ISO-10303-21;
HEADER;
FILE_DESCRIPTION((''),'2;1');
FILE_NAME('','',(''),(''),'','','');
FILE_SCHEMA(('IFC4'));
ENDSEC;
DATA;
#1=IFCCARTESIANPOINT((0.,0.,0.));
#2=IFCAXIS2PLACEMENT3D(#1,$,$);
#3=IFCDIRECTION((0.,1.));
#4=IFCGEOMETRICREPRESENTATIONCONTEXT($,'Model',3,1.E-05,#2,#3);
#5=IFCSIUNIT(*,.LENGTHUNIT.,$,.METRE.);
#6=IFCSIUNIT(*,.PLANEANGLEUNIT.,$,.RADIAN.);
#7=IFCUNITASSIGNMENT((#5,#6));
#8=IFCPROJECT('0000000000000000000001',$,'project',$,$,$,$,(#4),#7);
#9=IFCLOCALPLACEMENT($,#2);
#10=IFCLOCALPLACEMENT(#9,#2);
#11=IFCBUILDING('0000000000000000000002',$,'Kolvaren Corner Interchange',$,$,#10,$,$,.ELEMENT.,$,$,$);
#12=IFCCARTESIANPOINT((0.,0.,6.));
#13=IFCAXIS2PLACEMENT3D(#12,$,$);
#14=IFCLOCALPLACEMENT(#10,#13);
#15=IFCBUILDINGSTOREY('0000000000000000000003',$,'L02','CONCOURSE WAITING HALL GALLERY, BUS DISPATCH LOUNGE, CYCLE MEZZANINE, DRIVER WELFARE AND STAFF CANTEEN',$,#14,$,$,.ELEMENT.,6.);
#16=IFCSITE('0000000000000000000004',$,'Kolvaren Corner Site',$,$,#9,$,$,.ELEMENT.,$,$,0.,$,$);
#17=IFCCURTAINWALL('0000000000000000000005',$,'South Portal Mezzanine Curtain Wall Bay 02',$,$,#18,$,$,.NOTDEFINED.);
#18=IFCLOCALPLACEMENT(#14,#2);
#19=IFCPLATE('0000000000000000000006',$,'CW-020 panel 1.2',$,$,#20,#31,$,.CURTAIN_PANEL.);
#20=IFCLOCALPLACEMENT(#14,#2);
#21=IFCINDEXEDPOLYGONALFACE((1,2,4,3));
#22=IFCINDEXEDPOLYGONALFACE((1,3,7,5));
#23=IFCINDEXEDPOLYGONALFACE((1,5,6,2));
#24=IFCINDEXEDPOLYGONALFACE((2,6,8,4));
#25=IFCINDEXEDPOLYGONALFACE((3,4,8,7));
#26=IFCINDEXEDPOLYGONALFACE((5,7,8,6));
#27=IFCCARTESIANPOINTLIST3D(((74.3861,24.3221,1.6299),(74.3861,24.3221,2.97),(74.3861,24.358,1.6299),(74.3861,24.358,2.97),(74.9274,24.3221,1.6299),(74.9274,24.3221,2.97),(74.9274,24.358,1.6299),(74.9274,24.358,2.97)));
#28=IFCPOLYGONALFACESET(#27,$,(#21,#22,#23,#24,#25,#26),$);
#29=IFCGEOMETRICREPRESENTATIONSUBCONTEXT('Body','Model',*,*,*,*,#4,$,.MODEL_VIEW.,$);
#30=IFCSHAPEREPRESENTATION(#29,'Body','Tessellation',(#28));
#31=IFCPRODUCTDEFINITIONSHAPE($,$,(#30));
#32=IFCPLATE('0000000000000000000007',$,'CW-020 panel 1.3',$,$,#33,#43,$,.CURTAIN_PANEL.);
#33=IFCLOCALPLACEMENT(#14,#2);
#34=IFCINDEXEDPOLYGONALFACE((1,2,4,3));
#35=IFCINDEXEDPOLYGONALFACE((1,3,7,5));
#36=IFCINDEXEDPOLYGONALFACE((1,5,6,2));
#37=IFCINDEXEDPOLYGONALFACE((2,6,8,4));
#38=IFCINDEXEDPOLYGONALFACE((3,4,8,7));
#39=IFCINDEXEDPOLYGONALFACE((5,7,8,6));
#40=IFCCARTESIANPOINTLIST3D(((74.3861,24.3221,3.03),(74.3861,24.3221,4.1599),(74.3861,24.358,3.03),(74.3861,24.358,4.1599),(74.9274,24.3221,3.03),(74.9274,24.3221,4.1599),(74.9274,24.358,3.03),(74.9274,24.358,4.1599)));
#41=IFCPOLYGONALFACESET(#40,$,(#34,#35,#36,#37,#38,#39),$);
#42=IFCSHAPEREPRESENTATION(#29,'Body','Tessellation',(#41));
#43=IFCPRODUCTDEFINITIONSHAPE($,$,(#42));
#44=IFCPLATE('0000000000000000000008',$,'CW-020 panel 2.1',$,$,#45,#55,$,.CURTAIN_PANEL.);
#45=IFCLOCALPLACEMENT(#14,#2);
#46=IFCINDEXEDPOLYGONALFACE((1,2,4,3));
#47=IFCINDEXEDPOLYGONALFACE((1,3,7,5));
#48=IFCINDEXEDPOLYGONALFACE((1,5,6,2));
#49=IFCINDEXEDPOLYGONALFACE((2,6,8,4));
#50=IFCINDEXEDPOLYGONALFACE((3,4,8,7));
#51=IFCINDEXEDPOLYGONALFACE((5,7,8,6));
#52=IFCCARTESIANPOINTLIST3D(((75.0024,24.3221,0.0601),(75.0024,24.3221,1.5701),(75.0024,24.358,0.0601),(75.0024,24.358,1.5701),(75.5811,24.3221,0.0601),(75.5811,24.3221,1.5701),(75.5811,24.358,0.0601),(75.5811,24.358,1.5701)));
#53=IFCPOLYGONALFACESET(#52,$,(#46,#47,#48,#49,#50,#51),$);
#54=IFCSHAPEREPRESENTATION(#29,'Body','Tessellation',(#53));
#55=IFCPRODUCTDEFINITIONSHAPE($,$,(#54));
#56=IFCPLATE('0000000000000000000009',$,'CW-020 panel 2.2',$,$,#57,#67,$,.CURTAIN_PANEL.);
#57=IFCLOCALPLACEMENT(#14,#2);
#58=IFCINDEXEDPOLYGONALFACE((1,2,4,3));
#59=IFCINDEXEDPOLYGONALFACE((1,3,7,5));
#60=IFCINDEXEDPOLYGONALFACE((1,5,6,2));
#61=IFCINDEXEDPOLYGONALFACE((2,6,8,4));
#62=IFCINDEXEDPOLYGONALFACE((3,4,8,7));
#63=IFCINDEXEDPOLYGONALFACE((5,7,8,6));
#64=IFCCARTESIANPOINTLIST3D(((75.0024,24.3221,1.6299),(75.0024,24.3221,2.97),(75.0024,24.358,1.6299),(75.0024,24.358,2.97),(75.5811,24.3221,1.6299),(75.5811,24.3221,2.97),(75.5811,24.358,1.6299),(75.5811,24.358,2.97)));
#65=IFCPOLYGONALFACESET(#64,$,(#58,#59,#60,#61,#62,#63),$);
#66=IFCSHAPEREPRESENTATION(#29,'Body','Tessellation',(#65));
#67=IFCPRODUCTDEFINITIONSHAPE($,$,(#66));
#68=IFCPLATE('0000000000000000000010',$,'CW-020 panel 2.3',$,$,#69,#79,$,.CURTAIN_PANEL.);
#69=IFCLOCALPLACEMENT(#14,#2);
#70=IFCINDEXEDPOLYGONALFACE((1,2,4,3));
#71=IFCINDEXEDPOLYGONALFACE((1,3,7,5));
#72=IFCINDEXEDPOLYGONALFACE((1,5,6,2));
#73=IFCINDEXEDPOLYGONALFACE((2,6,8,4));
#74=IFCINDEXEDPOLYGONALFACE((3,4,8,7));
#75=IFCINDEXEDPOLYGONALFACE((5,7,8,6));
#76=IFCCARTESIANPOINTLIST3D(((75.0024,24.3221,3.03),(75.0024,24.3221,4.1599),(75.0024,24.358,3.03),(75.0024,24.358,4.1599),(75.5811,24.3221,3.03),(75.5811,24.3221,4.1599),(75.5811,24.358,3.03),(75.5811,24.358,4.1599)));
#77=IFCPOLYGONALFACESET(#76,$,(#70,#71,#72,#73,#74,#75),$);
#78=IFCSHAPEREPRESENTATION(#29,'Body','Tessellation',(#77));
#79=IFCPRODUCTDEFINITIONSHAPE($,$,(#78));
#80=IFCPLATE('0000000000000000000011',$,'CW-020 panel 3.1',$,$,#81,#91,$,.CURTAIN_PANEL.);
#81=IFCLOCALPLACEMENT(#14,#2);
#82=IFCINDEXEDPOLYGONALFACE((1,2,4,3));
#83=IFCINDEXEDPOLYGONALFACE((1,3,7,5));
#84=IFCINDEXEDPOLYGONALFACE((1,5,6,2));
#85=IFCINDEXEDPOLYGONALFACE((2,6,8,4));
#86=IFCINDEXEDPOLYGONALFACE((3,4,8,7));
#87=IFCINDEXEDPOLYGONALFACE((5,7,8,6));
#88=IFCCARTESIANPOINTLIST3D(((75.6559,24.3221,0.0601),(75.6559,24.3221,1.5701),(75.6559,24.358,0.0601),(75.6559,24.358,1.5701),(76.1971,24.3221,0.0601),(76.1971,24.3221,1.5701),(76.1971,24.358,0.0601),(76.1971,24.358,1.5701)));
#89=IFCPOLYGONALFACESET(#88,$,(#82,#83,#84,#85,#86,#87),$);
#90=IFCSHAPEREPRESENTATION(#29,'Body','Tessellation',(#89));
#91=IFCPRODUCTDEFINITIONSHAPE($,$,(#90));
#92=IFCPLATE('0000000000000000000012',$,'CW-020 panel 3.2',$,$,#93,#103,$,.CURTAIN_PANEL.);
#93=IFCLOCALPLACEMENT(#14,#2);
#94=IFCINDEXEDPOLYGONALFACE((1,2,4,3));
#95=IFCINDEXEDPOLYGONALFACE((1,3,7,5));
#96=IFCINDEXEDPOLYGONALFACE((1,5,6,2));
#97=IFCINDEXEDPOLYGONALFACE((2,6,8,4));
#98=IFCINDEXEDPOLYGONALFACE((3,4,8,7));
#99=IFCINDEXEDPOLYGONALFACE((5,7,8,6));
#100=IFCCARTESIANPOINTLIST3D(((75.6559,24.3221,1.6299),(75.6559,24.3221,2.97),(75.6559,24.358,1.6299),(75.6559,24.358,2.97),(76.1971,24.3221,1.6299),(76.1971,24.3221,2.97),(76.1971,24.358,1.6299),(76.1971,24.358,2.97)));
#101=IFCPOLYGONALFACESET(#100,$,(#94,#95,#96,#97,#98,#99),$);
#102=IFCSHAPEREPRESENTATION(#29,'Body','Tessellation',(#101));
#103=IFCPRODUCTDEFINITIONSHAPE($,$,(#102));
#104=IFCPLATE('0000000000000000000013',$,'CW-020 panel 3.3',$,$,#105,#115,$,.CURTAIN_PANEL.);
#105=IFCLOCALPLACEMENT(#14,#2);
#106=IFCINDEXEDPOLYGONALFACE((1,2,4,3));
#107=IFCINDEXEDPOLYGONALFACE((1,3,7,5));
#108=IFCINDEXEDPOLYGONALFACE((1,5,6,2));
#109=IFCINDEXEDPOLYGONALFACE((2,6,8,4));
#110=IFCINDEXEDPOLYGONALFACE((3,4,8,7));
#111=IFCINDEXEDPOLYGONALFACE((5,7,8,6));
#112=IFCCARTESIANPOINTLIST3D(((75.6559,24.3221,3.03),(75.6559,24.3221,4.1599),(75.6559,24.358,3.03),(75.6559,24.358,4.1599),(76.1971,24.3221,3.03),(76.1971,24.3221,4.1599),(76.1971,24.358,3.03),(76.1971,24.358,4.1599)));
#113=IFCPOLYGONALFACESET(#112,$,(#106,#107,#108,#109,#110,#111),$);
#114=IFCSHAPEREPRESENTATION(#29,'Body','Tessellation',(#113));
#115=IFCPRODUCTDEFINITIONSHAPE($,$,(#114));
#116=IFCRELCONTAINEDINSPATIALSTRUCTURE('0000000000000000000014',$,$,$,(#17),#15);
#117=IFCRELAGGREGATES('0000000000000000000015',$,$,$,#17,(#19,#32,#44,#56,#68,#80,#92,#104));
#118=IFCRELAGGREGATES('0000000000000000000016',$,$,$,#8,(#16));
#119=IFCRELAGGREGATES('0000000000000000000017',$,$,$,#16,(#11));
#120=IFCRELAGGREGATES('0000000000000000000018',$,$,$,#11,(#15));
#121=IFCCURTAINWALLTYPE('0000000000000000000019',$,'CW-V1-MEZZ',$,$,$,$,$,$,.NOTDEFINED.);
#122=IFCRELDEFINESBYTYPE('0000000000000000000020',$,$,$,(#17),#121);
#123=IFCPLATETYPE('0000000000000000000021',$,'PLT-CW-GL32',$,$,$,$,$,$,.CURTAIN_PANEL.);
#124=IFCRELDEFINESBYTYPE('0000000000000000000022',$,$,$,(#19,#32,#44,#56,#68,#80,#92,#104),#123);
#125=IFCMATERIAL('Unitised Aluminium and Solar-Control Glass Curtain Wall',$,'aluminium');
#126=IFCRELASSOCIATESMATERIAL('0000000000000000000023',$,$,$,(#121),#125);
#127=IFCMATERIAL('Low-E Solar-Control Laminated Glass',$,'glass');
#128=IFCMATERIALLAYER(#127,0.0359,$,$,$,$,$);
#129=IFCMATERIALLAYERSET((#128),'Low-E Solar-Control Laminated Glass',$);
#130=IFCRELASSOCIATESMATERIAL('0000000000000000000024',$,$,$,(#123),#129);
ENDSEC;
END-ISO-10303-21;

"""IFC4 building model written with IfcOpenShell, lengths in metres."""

from ifc_helpers import new_model, si_unit, direction, frame, origin, origin_2d, place, context, subcontext, project, spatial, rectangle, extrude, material, layer, layer_set, type_object, element, aggregate, save


model = new_model("IFC4")

# Units and contexts
model_context = context("Model", 3, precision=1e-05, world=origin(), true_north=direction((0.0, 1.0)))
body_context = subcontext(model_context, "Body", "Model", "MODEL_VIEW")
ifc_project = project(units=[si_unit("LENGTHUNIT", "METRE"), si_unit("PLANEANGLEUNIT", "RADIAN")], contexts=[model_context])

# Site, building, storey
site_placement = place(None, origin())
site = spatial("IfcSite", under=ifc_project, at=site_placement, Name="Kolvaren Corner Site", CompositionType="ELEMENT", RefElevation=0.0)
building_placement = place(site_placement, origin())
building = spatial("IfcBuilding", under=site, at=building_placement, Name="Kolvaren Corner Interchange", CompositionType="ELEMENT")
storey_placement = place(building_placement, frame((0.0, 0.0, 6.0)))
storey = spatial("IfcBuildingStorey", under=building, at=storey_placement, Name="L02", Description="CONCOURSE WAITING HALL GALLERY, BUS DISPATCH LOUNGE, CYCLE MEZZANINE, DRIVER WELFARE AND STAFF CANTEEN", CompositionType="ELEMENT", Elevation=6.0)

# Curtain wall
ifc_material_1 = material(Name="Unitised Aluminium and Solar-Control Glass Curtain Wall", Category="aluminium")
curtain_wall_type = type_object("IfcCurtainWallType", Name="CW-V1-MEZZ", PredefinedType="NOTDEFINED", material=ifc_material_1)
curtain_wall_1_placement = place(storey_placement, origin())
curtain_wall_1 = element("IfcCurtainWall", 1, at=curtain_wall_1_placement, inside=storey, type_object=curtain_wall_type, Name="South Portal Mezzanine Curtain Wall Bay 02", PredefinedType="NOTDEFINED")

# Plates
ifc_material_2 = material(Name="Low-E Solar-Control Laminated Glass", Category="glass")
ifc_layer = layer(ifc_material_2, 0.0359)
ifc_layer_set = layer_set([ifc_layer], Name="Low-E Solar-Control Laminated Glass")
plate_type = type_object("IfcPlateType", Name="PLT-CW-GL32", PredefinedType="CURTAIN_PANEL", material=ifc_layer_set)
plate_1_placement = place(storey_placement, frame((74.6567, 24.3401, 1.6299), z_axis=(0.0, 0.0, 1.0), x_axis=(1.0, 0.0, 0.0)))
plate_1 = element("IfcPlate", 2, at=plate_1_placement, type_object=plate_type, Name="CW-020 panel 1.2", PredefinedType="CURTAIN_PANEL", context=body_context, shape_type="SweptSolid", body=[
    extrude(rectangle(XDim=0.5413, YDim=0.0359, at=origin_2d()), origin(), (0.0, 0.0, 1.0), 1.3401),
])
plate_2_placement = place(storey_placement, frame((74.6567, 24.3401, 3.03), z_axis=(0.0, 0.0, 1.0), x_axis=(1.0, 0.0, 0.0)))
plate_2 = element("IfcPlate", 3, at=plate_2_placement, type_object=plate_type, Name="CW-020 panel 1.3", PredefinedType="CURTAIN_PANEL", context=body_context, shape_type="SweptSolid", body=[
    extrude(rectangle(XDim=0.5413, YDim=0.0359, at=origin_2d()), origin(), (0.0, 0.0, 1.0), 1.1299),
])
plate_3_placement = place(storey_placement, frame((75.2917, 24.3401, 0.0601), z_axis=(0.0, 0.0, 1.0), x_axis=(1.0, 0.0, 0.0)))
plate_3 = element("IfcPlate", 4, at=plate_3_placement, type_object=plate_type, Name="CW-020 panel 2.1", PredefinedType="CURTAIN_PANEL", context=body_context, shape_type="SweptSolid", body=[
    extrude(rectangle(XDim=0.5786, YDim=0.0359, at=origin_2d()), origin(), (0.0, 0.0, 1.0), 1.51),
])
plate_4_placement = place(storey_placement, frame((75.2917, 24.3401, 1.6299), z_axis=(0.0, 0.0, 1.0), x_axis=(1.0, 0.0, 0.0)))
plate_4 = element("IfcPlate", 5, at=plate_4_placement, type_object=plate_type, Name="CW-020 panel 2.2", PredefinedType="CURTAIN_PANEL", context=body_context, shape_type="SweptSolid", body=[
    extrude(rectangle(XDim=0.5786, YDim=0.0359, at=origin_2d()), origin(), (0.0, 0.0, 1.0), 1.3401),
])
plate_5_placement = place(storey_placement, frame((75.2917, 24.3401, 3.03), z_axis=(0.0, 0.0, 1.0), x_axis=(1.0, 0.0, 0.0)))
plate_5 = element("IfcPlate", 6, at=plate_5_placement, type_object=plate_type, Name="CW-020 panel 2.3", PredefinedType="CURTAIN_PANEL", context=body_context, shape_type="SweptSolid", body=[
    extrude(rectangle(XDim=0.5786, YDim=0.0359, at=origin_2d()), origin(), (0.0, 0.0, 1.0), 1.1299),
])
plate_6_placement = place(storey_placement, frame((75.9265, 24.3401, 0.0601), z_axis=(0.0, 0.0, 1.0), x_axis=(1.0, 0.0, 0.0)))
plate_6 = element("IfcPlate", 7, at=plate_6_placement, type_object=plate_type, Name="CW-020 panel 3.1", PredefinedType="CURTAIN_PANEL", context=body_context, shape_type="SweptSolid", body=[
    extrude(rectangle(XDim=0.5413, YDim=0.0359, at=origin_2d()), origin(), (0.0, 0.0, 1.0), 1.51),
])
plate_7_placement = place(storey_placement, frame((75.9265, 24.3401, 1.6299), z_axis=(0.0, 0.0, 1.0), x_axis=(1.0, 0.0, 0.0)))
plate_7 = element("IfcPlate", 8, at=plate_7_placement, type_object=plate_type, Name="CW-020 panel 3.2", PredefinedType="CURTAIN_PANEL", context=body_context, shape_type="SweptSolid", body=[
    extrude(rectangle(XDim=0.5413, YDim=0.0359, at=origin_2d()), origin(), (0.0, 0.0, 1.0), 1.3401),
])
plate_8_placement = place(storey_placement, frame((75.9265, 24.3401, 3.03), z_axis=(0.0, 0.0, 1.0), x_axis=(1.0, 0.0, 0.0)))
plate_8 = element("IfcPlate", 9, at=plate_8_placement, type_object=plate_type, Name="CW-020 panel 3.3", PredefinedType="CURTAIN_PANEL", context=body_context, shape_type="SweptSolid", body=[
    extrude(rectangle(XDim=0.5413, YDim=0.0359, at=origin_2d()), origin(), (0.0, 0.0, 1.0), 1.1299),
])
aggregate(curtain_wall_1, [plate_1, plate_2, plate_3, plate_4, plate_5, plate_6, plate_7, plate_8])

save(model, "model.ifc")
